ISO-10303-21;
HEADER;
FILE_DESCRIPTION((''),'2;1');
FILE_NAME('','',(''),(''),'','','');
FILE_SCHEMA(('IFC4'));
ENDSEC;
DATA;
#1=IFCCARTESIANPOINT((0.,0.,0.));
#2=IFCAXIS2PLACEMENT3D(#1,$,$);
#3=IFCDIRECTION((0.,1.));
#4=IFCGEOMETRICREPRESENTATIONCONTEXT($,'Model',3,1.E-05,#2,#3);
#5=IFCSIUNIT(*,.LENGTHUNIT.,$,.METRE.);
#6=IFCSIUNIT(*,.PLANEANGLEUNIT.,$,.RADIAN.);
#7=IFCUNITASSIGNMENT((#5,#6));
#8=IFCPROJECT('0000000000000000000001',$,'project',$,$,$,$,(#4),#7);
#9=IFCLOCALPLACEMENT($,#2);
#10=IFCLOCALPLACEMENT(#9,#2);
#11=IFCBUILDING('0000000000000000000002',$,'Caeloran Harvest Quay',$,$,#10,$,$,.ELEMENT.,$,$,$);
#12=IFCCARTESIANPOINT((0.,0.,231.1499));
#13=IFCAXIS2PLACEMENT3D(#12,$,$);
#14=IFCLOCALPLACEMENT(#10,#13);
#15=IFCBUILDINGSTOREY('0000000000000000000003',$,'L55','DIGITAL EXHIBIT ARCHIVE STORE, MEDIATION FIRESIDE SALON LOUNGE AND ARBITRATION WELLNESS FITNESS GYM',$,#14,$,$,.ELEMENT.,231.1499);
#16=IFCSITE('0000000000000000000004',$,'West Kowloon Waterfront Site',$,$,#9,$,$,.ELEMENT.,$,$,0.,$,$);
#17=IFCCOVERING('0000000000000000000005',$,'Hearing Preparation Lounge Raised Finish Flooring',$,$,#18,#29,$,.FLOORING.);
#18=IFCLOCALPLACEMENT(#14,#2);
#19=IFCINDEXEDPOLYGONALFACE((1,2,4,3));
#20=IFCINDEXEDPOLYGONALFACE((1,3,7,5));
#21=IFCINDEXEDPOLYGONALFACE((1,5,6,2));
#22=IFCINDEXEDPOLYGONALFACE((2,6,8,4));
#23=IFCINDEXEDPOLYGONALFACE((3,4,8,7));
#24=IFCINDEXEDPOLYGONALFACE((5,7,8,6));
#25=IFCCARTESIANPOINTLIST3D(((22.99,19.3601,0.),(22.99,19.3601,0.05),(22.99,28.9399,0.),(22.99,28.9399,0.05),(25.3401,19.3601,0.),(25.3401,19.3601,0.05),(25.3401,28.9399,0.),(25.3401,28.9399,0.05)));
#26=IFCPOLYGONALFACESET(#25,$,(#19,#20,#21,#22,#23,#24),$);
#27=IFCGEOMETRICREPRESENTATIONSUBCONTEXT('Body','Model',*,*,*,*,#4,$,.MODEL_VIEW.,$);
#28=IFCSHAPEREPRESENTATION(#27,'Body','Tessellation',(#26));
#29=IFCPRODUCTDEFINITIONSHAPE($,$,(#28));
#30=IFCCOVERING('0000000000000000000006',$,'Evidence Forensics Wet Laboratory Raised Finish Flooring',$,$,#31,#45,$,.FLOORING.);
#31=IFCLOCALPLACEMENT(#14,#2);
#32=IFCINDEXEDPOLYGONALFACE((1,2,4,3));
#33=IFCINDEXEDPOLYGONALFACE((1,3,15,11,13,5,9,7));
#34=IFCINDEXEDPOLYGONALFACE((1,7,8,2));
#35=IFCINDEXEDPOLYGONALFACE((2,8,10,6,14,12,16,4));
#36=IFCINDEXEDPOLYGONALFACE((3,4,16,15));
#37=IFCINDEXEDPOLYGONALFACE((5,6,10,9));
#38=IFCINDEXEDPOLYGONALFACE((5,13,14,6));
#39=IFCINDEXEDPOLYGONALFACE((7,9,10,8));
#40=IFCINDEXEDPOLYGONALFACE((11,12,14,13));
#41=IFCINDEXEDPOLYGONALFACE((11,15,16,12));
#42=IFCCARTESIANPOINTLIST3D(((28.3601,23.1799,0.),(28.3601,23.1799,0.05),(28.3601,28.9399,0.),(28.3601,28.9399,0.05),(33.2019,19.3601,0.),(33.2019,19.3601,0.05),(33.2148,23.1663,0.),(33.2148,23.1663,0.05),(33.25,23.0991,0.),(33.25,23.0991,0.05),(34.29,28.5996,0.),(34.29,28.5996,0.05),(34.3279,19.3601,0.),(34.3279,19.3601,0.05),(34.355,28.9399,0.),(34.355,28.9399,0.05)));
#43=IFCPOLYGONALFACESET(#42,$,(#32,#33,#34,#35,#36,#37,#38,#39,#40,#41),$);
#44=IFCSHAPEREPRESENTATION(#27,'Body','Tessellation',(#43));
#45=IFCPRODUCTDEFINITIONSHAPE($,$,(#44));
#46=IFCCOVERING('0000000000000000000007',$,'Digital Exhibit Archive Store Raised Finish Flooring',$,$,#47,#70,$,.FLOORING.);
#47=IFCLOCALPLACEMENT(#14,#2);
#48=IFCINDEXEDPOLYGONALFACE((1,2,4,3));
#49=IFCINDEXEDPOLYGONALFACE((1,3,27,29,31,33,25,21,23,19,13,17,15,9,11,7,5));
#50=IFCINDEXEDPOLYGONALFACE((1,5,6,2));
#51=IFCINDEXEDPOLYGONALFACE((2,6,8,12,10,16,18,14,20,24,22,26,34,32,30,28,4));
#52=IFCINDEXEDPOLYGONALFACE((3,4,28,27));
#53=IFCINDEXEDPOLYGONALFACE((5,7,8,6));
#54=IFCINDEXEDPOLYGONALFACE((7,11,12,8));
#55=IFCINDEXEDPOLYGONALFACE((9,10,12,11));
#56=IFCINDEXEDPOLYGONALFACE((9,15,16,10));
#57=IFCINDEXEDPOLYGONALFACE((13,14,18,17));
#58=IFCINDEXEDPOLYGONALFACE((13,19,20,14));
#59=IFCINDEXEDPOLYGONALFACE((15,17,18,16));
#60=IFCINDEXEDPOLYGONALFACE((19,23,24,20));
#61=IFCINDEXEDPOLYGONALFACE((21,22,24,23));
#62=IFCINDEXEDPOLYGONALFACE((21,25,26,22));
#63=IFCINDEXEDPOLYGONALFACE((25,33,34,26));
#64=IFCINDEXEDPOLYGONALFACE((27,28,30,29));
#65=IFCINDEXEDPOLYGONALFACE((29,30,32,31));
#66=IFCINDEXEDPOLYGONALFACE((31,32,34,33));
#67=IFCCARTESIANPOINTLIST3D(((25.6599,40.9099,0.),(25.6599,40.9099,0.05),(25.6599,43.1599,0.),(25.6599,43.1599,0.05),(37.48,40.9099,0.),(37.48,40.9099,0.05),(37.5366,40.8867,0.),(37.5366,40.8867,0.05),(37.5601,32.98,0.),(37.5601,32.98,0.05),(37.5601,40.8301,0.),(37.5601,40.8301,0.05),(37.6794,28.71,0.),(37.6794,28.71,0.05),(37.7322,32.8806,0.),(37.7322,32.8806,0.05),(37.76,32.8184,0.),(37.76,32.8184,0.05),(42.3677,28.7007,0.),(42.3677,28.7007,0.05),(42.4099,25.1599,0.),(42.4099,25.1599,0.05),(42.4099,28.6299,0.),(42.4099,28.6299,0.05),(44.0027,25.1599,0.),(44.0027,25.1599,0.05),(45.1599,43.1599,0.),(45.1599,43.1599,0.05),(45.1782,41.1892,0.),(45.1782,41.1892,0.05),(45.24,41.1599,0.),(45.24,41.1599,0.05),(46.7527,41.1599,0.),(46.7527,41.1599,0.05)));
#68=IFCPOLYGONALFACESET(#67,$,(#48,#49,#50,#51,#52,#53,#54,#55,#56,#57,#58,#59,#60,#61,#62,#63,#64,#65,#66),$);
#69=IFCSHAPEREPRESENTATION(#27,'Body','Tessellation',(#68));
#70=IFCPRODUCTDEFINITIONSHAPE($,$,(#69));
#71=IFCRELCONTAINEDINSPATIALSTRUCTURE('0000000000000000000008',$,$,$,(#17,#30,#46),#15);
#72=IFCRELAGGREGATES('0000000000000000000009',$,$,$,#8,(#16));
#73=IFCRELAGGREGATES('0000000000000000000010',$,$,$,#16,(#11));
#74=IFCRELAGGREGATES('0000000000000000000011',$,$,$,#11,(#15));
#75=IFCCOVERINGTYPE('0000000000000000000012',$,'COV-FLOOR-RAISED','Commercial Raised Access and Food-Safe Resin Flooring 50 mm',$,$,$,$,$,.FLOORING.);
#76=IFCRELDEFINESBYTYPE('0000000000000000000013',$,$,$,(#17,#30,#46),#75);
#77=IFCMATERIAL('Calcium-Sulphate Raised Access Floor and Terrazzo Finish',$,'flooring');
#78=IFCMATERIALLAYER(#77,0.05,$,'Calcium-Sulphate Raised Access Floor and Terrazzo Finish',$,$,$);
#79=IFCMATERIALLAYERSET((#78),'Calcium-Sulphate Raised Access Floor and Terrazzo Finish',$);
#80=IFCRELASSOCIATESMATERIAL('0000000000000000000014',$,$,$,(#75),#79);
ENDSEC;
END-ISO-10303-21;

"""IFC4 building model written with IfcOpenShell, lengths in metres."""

from ifc_helpers import new_model, si_unit, direction, frame, origin, place, context, subcontext, project, spatial, polyline, outline, extrude, material, layer, layer_set, type_object, element, save


model = new_model("IFC4")

# Units and contexts
model_context = context("Model", 3, precision=1e-05, world=origin(), true_north=direction((0.0, 1.0)))
body_context = subcontext(model_context, "Body", "Model", "MODEL_VIEW")
ifc_project = project(units=[si_unit("LENGTHUNIT", "METRE"), si_unit("PLANEANGLEUNIT", "RADIAN")], contexts=[model_context])

# Site, building, storey
site_placement = place(None, origin())
site = spatial("IfcSite", under=ifc_project, at=site_placement, Name="West Kowloon Waterfront Site", CompositionType="ELEMENT", RefElevation=0.0)
building_placement = place(site_placement, origin())
building = spatial("IfcBuilding", under=site, at=building_placement, Name="Caeloran Harvest Quay", CompositionType="ELEMENT")
storey_placement = place(building_placement, frame((0.0, 0.0, 231.1499)))
storey = spatial("IfcBuildingStorey", under=building, at=storey_placement, Name="L55", Description="DIGITAL EXHIBIT ARCHIVE STORE, MEDIATION FIRESIDE SALON LOUNGE AND ARBITRATION WELLNESS FITNESS GYM", CompositionType="ELEMENT", Elevation=231.1499)

# Coverings
ifc_material_1 = material(Name="Calcium-Sulphate Raised Access Floor and Terrazzo Finish", Category="flooring")
ifc_layer_1 = layer(ifc_material_1, 0.05, Name="Calcium-Sulphate Raised Access Floor and Terrazzo Finish")
ifc_layer_set_1 = layer_set([ifc_layer_1], Name="Calcium-Sulphate Raised Access Floor and Terrazzo Finish")
covering_type_1 = type_object("IfcCoveringType", Name="COV-FLOOR-RAISED", Description="Commercial Raised Access and Food-Safe Resin Flooring 50 mm", PredefinedType="FLOORING", material=ifc_layer_set_1)
covering_1_placement = place(storey_placement, origin())
element("IfcCovering", 1, at=covering_1_placement, inside=storey, type_object=covering_type_1, Name="Hearing Preparation Lounge Raised Finish Flooring", PredefinedType="FLOORING", context=body_context, shape_type="SweptSolid", body=[
    extrude(outline(polyline([(25.3401, 28.9399), (25.3401, 19.3601), (22.99, 19.3601), (22.99, 28.9399), (25.3401, 28.9399)])), origin(), (0.0, 0.0, 1.0), 0.05),
])
covering_2_placement = place(storey_placement, origin())
element("IfcCovering", 2, at=covering_2_placement, inside=storey, type_object=covering_type_1, Name="Evidence Forensics Wet Laboratory Raised Finish Flooring", PredefinedType="FLOORING", context=body_context, shape_type="SweptSolid", body=[
    extrude(outline(polyline([(28.3601, 28.9399), (34.355, 28.9399), (34.29, 28.5996), (34.3279, 19.3601), (33.2019, 19.3601), (33.25, 23.0991), (33.2148, 23.1663), (28.3601, 23.1799), (28.3601, 28.9399)])), origin(), (0.0, 0.0, 1.0), 0.05),
])
covering_3_placement = place(storey_placement, origin())
element("IfcCovering", 3, at=covering_3_placement, inside=storey, type_object=covering_type_1, Name="Digital Exhibit Archive Store Raised Finish Flooring", PredefinedType="FLOORING", context=body_context, shape_type="SweptSolid", body=[
    extrude(outline(polyline([(25.6599, 43.1599), (45.1599, 43.1599), (45.1782, 41.1892), (45.24, 41.1599), (46.7527, 41.1599), (44.0027, 25.1599), (42.4099, 25.1599), (42.4099, 28.6299), (42.3677, 28.7007), (37.6794, 28.71), (37.76, 32.8184), (37.7322, 32.8806), (37.5601, 32.98), (37.5601, 40.8301), (37.5366, 40.8867), (37.48, 40.9099), (25.6599, 40.9099), (25.6599, 43.1599)])), origin(), (0.0, 0.0, 1.0), 0.05),
])

save(model, "model.ifc")
